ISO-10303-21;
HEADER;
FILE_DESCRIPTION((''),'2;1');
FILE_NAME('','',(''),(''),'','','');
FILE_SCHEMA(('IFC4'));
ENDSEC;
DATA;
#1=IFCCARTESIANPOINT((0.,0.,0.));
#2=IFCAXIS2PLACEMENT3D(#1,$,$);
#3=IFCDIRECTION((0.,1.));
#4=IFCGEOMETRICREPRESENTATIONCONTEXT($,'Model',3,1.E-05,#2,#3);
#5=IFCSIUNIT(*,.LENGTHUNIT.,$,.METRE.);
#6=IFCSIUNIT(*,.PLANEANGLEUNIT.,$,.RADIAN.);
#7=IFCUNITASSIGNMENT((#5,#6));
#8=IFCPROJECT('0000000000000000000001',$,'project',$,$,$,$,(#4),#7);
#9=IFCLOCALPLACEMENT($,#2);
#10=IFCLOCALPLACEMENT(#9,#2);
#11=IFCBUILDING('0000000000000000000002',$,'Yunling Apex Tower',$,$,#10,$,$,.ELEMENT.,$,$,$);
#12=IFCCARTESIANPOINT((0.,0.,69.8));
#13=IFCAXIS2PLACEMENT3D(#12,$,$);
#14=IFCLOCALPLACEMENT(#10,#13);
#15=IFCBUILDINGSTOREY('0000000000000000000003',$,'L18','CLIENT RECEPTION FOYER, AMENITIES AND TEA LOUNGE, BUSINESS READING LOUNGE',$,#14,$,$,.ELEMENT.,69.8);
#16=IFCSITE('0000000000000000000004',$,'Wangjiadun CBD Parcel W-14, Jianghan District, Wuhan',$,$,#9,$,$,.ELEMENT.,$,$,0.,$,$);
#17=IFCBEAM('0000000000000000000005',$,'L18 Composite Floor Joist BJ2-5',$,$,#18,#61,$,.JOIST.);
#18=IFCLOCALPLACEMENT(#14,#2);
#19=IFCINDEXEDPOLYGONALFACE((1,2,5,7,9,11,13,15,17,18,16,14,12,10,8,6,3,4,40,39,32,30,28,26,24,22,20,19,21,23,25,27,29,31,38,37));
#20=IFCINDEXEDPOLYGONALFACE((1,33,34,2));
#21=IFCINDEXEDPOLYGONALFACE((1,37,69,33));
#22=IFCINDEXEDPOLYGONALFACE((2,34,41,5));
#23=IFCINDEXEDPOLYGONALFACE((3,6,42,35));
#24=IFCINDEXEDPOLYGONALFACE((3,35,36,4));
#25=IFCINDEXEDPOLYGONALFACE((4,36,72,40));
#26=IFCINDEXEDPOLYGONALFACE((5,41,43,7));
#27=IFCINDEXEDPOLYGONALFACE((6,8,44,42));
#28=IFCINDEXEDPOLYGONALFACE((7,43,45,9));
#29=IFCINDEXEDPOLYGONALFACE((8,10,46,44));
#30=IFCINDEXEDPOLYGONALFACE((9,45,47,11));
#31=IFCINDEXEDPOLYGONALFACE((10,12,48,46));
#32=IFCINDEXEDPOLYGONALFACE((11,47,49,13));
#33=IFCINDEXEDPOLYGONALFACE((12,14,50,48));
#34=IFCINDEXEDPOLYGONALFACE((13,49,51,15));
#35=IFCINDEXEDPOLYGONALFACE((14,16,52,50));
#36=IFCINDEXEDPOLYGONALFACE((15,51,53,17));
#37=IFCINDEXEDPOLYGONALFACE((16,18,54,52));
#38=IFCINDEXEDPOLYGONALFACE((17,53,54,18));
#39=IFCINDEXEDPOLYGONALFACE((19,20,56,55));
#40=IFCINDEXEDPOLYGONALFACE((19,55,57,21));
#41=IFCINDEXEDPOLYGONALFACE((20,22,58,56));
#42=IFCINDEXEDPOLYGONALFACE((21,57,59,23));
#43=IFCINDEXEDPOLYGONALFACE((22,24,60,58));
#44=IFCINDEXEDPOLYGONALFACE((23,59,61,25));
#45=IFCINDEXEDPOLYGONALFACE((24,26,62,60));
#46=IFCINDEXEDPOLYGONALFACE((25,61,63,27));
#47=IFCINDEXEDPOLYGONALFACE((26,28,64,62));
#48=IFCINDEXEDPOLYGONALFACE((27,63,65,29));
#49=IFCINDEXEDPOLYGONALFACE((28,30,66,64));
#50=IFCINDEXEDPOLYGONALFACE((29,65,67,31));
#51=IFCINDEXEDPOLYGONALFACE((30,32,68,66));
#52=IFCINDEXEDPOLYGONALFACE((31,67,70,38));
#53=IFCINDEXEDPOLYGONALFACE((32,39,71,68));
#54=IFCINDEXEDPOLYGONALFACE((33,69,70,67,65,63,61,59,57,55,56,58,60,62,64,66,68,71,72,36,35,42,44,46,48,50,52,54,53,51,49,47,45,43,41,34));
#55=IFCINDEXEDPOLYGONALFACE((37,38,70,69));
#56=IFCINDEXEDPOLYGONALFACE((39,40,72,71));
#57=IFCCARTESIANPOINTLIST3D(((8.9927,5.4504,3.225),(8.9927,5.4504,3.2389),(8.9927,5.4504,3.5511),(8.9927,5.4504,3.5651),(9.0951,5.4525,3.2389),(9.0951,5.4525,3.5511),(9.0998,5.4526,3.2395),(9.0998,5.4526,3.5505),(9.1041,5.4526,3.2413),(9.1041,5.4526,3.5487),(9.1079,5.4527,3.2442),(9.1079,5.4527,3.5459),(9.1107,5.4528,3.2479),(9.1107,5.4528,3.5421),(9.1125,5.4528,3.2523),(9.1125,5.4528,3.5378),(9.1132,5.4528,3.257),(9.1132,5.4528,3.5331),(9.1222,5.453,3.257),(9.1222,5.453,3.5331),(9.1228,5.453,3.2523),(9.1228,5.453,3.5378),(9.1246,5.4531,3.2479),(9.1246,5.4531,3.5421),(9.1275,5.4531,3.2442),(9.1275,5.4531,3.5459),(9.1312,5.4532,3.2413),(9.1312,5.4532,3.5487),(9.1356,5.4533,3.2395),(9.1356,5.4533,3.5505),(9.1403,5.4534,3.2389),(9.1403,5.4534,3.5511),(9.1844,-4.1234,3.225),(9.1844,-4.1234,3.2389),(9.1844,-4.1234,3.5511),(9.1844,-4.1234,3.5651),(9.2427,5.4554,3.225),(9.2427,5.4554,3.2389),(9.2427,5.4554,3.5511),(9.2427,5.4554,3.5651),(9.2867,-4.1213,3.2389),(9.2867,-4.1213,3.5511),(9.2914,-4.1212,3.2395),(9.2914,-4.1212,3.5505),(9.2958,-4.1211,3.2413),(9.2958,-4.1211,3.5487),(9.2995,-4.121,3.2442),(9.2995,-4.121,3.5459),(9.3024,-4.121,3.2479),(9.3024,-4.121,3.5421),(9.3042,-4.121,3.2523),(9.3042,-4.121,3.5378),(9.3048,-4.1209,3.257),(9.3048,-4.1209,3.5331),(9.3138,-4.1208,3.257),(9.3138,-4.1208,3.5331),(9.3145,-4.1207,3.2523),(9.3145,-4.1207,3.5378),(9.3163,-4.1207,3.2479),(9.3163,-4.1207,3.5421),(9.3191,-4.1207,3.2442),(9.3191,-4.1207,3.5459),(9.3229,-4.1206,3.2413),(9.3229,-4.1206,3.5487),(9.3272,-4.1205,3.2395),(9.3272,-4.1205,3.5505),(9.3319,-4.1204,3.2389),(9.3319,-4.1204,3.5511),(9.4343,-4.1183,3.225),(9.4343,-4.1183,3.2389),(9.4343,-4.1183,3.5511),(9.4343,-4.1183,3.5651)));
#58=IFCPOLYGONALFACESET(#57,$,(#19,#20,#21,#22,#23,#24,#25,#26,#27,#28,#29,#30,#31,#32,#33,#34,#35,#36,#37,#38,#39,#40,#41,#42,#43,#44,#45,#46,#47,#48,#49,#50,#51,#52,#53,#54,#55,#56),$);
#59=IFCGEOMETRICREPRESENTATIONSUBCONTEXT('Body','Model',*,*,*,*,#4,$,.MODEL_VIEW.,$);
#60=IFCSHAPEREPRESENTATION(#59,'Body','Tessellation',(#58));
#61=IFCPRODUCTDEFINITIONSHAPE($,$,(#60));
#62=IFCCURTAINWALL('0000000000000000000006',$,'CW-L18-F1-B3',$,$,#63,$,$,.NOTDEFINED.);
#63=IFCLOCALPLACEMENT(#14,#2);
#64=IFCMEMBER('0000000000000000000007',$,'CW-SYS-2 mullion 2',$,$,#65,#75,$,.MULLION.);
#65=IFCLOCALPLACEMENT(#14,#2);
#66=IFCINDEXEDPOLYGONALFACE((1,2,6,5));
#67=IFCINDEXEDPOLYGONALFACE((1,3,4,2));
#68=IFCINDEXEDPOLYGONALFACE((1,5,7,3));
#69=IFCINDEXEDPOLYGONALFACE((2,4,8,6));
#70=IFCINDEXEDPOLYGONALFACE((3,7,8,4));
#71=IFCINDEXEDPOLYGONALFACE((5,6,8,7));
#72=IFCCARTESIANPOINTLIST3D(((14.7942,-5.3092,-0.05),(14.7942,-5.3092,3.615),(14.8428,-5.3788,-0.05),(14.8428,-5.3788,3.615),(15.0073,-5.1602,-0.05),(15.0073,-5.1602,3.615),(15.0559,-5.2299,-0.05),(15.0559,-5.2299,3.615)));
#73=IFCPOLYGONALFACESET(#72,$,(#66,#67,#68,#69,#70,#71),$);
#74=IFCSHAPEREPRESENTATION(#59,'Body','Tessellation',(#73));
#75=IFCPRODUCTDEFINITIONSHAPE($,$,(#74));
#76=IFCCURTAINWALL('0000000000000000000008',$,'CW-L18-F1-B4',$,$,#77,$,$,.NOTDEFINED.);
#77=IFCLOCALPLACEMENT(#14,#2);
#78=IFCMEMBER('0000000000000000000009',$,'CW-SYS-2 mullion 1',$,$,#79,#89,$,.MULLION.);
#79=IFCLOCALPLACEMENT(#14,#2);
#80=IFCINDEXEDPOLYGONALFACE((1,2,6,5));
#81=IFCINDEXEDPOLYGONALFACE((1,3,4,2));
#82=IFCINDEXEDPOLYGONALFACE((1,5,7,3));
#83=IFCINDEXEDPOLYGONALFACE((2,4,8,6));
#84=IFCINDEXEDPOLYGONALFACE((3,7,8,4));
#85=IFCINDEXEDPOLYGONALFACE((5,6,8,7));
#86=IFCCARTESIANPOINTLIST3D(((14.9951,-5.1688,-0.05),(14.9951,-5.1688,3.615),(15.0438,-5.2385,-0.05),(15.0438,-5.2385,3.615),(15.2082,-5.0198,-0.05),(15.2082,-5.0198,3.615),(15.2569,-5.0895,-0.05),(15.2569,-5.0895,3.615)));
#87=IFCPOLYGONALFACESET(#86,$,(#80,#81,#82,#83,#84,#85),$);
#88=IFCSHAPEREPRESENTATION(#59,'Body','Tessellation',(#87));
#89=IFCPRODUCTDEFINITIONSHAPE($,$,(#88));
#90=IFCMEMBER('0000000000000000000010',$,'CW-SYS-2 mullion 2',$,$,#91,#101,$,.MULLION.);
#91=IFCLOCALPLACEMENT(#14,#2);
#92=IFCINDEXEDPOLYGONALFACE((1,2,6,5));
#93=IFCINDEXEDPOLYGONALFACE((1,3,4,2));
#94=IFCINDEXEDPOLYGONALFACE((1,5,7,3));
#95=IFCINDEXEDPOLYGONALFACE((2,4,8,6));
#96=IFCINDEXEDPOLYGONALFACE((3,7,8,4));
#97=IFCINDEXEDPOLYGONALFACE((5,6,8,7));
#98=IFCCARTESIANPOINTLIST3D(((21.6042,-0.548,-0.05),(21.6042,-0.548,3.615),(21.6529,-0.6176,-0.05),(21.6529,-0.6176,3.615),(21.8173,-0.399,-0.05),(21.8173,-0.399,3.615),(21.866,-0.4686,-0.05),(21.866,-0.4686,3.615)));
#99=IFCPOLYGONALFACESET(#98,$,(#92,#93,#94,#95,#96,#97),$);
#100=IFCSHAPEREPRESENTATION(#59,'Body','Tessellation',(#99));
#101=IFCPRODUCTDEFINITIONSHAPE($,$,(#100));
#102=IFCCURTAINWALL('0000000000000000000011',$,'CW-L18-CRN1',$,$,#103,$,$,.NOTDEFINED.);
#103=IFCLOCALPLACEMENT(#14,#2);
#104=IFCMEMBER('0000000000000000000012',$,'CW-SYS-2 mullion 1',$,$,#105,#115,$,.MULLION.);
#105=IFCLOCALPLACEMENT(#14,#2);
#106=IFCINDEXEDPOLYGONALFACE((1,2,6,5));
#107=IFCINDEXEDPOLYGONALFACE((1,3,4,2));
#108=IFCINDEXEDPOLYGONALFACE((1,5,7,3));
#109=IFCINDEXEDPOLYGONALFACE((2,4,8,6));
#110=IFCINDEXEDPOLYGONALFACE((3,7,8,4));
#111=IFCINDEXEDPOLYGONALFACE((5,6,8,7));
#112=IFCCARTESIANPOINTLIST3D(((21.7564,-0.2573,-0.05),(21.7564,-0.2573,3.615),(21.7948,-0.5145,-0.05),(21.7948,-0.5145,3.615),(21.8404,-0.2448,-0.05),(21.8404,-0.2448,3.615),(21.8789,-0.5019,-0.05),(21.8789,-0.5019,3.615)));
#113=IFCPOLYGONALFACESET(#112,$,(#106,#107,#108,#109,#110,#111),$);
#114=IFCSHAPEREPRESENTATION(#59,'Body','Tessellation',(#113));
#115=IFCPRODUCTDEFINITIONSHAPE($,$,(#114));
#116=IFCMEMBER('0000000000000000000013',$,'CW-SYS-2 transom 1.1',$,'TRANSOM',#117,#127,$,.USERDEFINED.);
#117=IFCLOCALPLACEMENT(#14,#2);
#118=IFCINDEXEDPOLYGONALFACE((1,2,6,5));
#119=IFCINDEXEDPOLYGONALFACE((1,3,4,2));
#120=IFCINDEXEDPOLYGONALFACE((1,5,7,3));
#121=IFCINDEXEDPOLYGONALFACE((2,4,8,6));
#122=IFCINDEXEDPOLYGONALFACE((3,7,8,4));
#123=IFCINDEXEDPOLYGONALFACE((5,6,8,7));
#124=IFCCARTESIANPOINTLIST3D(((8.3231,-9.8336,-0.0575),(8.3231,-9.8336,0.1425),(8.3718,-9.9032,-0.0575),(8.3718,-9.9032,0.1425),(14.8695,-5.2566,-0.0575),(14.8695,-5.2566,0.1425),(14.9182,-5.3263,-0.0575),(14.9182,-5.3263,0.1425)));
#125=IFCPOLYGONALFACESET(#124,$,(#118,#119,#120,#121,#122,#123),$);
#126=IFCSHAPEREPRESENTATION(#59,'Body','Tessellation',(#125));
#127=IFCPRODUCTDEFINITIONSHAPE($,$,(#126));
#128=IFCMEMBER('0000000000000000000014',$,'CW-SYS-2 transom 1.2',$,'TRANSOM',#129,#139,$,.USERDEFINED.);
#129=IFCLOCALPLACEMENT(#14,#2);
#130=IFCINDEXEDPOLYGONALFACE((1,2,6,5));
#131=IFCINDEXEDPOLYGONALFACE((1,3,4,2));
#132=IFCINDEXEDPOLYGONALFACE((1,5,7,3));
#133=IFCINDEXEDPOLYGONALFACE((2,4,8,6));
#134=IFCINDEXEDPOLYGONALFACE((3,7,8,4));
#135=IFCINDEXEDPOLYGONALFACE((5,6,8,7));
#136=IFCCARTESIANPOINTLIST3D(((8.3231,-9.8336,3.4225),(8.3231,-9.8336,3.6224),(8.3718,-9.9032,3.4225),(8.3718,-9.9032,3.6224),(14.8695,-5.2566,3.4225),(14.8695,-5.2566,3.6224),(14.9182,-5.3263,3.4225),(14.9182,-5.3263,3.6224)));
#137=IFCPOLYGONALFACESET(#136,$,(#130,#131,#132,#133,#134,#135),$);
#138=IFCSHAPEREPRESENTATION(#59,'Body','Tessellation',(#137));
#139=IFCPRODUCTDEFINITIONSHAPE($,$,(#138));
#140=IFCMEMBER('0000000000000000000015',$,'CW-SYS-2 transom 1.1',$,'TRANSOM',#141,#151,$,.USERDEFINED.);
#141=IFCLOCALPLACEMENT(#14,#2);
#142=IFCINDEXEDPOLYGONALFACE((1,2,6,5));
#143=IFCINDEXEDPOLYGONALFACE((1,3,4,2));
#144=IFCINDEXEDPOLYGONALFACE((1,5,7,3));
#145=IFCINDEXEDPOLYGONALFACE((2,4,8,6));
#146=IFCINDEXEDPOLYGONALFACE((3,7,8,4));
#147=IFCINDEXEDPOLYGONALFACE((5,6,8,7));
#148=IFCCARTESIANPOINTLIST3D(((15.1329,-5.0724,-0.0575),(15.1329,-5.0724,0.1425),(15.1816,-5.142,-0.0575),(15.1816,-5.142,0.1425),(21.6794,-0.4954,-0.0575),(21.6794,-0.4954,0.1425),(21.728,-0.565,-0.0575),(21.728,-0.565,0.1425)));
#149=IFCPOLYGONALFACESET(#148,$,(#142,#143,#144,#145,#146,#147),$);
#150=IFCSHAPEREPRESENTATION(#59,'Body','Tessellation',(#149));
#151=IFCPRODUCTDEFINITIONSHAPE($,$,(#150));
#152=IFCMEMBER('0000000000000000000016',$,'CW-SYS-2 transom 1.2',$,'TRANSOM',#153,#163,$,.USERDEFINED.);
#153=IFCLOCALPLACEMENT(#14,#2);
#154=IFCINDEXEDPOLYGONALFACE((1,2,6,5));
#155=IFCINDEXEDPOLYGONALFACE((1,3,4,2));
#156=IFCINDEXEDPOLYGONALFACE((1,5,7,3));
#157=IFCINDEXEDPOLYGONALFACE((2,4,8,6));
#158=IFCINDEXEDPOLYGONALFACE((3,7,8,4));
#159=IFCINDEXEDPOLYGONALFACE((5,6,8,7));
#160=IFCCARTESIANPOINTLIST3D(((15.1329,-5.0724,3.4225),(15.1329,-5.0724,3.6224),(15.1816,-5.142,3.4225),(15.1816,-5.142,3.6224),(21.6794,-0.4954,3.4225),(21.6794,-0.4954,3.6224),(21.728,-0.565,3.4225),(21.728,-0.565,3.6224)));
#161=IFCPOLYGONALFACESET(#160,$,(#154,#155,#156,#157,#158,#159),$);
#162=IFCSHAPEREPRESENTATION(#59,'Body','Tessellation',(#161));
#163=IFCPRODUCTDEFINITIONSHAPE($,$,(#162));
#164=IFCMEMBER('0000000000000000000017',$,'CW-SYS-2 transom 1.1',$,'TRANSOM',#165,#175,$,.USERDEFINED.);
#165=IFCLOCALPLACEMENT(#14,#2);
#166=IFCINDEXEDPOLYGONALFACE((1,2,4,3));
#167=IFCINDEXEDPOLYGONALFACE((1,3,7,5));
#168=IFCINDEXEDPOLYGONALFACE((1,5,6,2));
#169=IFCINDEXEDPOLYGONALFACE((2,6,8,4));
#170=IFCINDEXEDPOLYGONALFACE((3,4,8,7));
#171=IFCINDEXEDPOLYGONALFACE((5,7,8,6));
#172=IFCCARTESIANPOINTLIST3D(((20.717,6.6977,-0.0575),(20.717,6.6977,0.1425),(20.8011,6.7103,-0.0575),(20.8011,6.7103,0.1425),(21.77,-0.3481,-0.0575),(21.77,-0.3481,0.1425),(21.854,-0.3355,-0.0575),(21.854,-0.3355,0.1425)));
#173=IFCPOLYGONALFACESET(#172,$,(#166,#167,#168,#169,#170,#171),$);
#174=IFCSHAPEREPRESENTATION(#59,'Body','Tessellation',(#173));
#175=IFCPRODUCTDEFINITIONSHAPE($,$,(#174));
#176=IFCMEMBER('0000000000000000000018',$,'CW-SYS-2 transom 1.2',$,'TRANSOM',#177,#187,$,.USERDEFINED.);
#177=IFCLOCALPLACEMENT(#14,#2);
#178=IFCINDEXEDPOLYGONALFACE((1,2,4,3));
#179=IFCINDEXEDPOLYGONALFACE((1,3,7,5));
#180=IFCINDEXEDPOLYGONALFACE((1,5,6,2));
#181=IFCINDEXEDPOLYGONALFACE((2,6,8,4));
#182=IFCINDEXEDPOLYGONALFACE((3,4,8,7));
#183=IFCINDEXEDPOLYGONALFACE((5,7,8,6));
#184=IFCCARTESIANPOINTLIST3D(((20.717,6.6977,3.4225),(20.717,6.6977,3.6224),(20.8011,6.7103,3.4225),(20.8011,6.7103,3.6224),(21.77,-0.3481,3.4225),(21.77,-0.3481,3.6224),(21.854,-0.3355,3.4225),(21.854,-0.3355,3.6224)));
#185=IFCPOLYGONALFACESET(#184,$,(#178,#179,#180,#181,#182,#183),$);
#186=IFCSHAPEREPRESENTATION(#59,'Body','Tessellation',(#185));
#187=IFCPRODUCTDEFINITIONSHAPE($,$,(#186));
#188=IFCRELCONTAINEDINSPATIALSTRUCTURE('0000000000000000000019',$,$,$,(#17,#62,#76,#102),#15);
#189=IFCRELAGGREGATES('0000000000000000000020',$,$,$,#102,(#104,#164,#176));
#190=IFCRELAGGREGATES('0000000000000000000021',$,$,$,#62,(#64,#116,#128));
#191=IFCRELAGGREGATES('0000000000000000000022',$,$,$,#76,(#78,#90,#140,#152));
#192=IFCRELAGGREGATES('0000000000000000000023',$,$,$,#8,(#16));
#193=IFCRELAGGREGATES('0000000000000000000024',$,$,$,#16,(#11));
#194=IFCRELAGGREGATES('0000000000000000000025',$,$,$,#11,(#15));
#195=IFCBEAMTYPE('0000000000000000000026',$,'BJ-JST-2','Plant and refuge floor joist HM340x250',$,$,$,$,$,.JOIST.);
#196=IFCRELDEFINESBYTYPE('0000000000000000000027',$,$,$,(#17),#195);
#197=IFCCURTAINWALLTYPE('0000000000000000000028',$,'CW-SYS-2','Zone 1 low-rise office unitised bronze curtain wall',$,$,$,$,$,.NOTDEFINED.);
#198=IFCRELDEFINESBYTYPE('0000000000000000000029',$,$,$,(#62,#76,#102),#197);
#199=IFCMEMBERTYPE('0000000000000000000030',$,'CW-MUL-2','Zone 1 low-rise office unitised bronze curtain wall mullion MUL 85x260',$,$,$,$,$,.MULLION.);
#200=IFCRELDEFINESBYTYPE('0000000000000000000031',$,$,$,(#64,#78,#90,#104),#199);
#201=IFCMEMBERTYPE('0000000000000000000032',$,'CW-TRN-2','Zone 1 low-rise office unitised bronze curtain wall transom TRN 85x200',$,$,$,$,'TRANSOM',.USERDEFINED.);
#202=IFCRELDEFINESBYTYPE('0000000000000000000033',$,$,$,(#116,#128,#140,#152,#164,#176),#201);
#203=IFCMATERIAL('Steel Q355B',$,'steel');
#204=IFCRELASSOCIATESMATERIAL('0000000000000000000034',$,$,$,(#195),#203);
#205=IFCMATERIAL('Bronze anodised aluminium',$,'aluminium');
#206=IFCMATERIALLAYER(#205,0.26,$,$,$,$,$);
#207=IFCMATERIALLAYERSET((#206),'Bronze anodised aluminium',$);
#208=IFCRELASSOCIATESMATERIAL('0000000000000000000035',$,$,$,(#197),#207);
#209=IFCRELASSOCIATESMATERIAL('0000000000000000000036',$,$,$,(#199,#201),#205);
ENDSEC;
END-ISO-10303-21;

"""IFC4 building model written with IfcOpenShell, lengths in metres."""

from ifc_helpers import new_model, si_unit, direction, frame, origin, origin_2d, place, context, subcontext, project, spatial, rectangle, i_section, extrude, source, transform, mapped, material, layer, layer_set, material_profile, profile_set, type_object, element, aggregate, save


model = new_model("IFC4")

# Units and contexts
model_context = context("Model", 3, precision=1e-05, world=origin(), true_north=direction((0.0, 1.0)))
body_context = subcontext(model_context, "Body", "Model", "MODEL_VIEW")
ifc_project = project(units=[si_unit("LENGTHUNIT", "METRE"), si_unit("PLANEANGLEUNIT", "RADIAN")], contexts=[model_context])

# Site, building, storey
site_placement = place(None, origin())
site = spatial("IfcSite", under=ifc_project, at=site_placement, Name="Wangjiadun CBD Parcel W-14, Jianghan District, Wuhan", CompositionType="ELEMENT", RefElevation=0.0)
building_placement = place(site_placement, origin())
building = spatial("IfcBuilding", under=site, at=building_placement, Name="Yunling Apex Tower", CompositionType="ELEMENT")
storey_placement = place(building_placement, frame((0.0, 0.0, 69.8)))
storey = spatial("IfcBuildingStorey", under=building, at=storey_placement, Name="L18", Description="CLIENT RECEPTION FOYER, AMENITIES AND TEA LOUNGE, BUSINESS READING LOUNGE", CompositionType="ELEMENT", Elevation=69.8)

# Beam
ifc_material_1 = material(Name="Steel Q355B", Category="steel")
ifc_material_profile_1 = material_profile(ifc_material_1, i_section(OverallWidth=0.25, OverallDepth=0.3401, WebThickness=0.009, FlangeThickness=0.0139, FilletRadius=0.0181, at=origin_2d()))
ifc_profile_set_1 = profile_set([ifc_material_profile_1], Name="Steel Q355B")
beam_type_1 = type_object("IfcBeamType", Name="BJ-JST-2", Description="Plant and refuge floor joist HM340x250", PredefinedType="JOIST", material=ifc_profile_set_1)
shared_shape_1 = source(origin(), body_context, "Body", "SweptSolid", [
    extrude(i_section(OverallWidth=0.25, OverallDepth=0.3401, WebThickness=0.009, FlangeThickness=0.0139, FilletRadius=0.0181, at=origin_2d()), origin(), (0.0, 0.0, 1.0), 9.5757),
])
beam_1_placement = place(storey_placement, frame((9.3093, -4.1208, 3.395), z_axis=(-0.020014, 0.9998, 0.0), x_axis=(-0.9998, -0.020014, 0.0)))
element("IfcBeam", 1, at=beam_1_placement, inside=storey, type_object=beam_type_1, Name="L18 Composite Floor Joist BJ2-5", PredefinedType="JOIST", context=body_context, shape_type="MappedRepresentation", body=[
    mapped(shared_shape_1, transform((0.0, 0.0, 0.0), scale=1.0)),
])

# Curtain wall, member
ifc_material_2 = material(Name="Bronze anodised aluminium", Category="aluminium")
ifc_layer_1 = layer(ifc_material_2, 0.26)
ifc_layer_set_1 = layer_set([ifc_layer_1], Name="Bronze anodised aluminium")
curtain_wall_type = type_object("IfcCurtainWallType", Name="CW-SYS-2", Description="Zone 1 low-rise office unitised bronze curtain wall", PredefinedType="NOTDEFINED", material=ifc_layer_set_1)
curtain_wall_1_placement = place(storey_placement, origin())
curtain_wall_1 = element("IfcCurtainWall", 2, at=curtain_wall_1_placement, inside=storey, type_object=curtain_wall_type, Name="CW-L18-F1-B3", PredefinedType="NOTDEFINED")
ifc_material_profile_2 = material_profile(ifc_material_2, rectangle(XDim=0.085, YDim=0.26, at=origin_2d()))
ifc_profile_set_2 = profile_set([ifc_material_profile_2], Name="Bronze anodised aluminium")
member_type_1 = type_object("IfcMemberType", Name="CW-MUL-2", Description="Zone 1 low-rise office unitised bronze curtain wall mullion MUL 85x260", PredefinedType="MULLION", material=ifc_profile_set_2)
shared_shape_2 = source(origin(), body_context, "Body", "SweptSolid", [
    extrude(rectangle(XDim=0.085, YDim=0.26, at=origin_2d()), origin(), (0.0, 0.0, 1.0), 3.665),
])
member_1_placement = place(storey_placement, frame((14.925, -5.2695, -0.05), z_axis=(0.0, 0.0, 1.0), x_axis=(-0.572996, 0.819558, 0.0)))
member_1 = element("IfcMember", 3, at=member_1_placement, type_object=member_type_1, Name="CW-SYS-2 mullion 2", PredefinedType="MULLION", context=body_context, shape_type="MappedRepresentation", body=[
    mapped(shared_shape_2, transform((0.0, 0.0, 0.0), scale=1.0)),
])

# Curtain wall, members
curtain_wall_2_placement = place(storey_placement, origin())
curtain_wall_2 = element("IfcCurtainWall", 4, at=curtain_wall_2_placement, inside=storey, type_object=curtain_wall_type, Name="CW-L18-F1-B4", PredefinedType="NOTDEFINED")
member_2_placement = place(storey_placement, frame((15.126, -5.1292, -0.05), z_axis=(0.0, 0.0, 1.0), x_axis=(-0.573004, 0.819552, 0.0)))
member_2 = element("IfcMember", 5, at=member_2_placement, type_object=member_type_1, Name="CW-SYS-2 mullion 1", PredefinedType="MULLION", context=body_context, shape_type="MappedRepresentation", body=[
    mapped(shared_shape_2, transform((0.0, 0.0, 0.0), scale=1.0)),
])
member_3_placement = place(storey_placement, frame((21.7351, -0.5083, -0.05), z_axis=(0.0, 0.0, 1.0), x_axis=(-0.573004, 0.819552, 0.0)))
member_3 = element("IfcMember", 6, at=member_3_placement, type_object=member_type_1, Name="CW-SYS-2 mullion 2", PredefinedType="MULLION", context=body_context, shape_type="MappedRepresentation", body=[
    mapped(shared_shape_2, transform((0.0, 0.0, 0.0), scale=1.0)),
])

# Curtain wall, member
curtain_wall_3_placement = place(storey_placement, origin())
curtain_wall_3 = element("IfcCurtainWall", 7, at=curtain_wall_3_placement, inside=storey, type_object=curtain_wall_type, Name="CW-L18-CRN1", PredefinedType="NOTDEFINED")
member_4_placement = place(storey_placement, frame((21.8176, -0.3796, -0.05), z_axis=(0.0, 0.0, 1.0), x_axis=(-0.989018, -0.147798, 0.0)))
member_4 = element("IfcMember", 8, at=member_4_placement, type_object=member_type_1, Name="CW-SYS-2 mullion 1", PredefinedType="MULLION", context=body_context, shape_type="MappedRepresentation", body=[
    mapped(shared_shape_2, transform((0.0, 0.0, 0.0), scale=1.0)),
])

# Members
ifc_material_profile_3 = material_profile(ifc_material_2, rectangle(XDim=0.085, YDim=0.2, at=origin_2d()))
ifc_profile_set_3 = profile_set([ifc_material_profile_3], Name="Bronze anodised aluminium")
member_type_2 = type_object("IfcMemberType", Name="CW-TRN-2", Description="Zone 1 low-rise office unitised bronze curtain wall transom TRN 85x200", ElementType="TRANSOM", PredefinedType="USERDEFINED", material=ifc_profile_set_3)
shared_shape_3 = source(origin(), body_context, "Body", "SweptSolid", [
    extrude(rectangle(XDim=0.085, YDim=0.2, at=origin_2d()), origin(), (0.0, 0.0, 1.0), 7.9878),
])
member_5_placement = place(storey_placement, frame((8.3474, -9.8684, 0.0425), z_axis=(0.819559, 0.572995, 0.0), x_axis=(-0.572995, 0.819559, 0.0)))
member_5 = element("IfcMember", 9, at=member_5_placement, type_object=member_type_2, Name="CW-SYS-2 transom 1.1", ObjectType="TRANSOM", PredefinedType="USERDEFINED", context=body_context, shape_type="MappedRepresentation", body=[
    mapped(shared_shape_3, transform((0.0, 0.0, 0.0), scale=1.0)),
])
member_6_placement = place(storey_placement, frame((8.3474, -9.8684, 3.5225), z_axis=(0.819559, 0.572995, 0.0), x_axis=(-0.572995, 0.819559, 0.0)))
member_6 = element("IfcMember", 10, at=member_6_placement, type_object=member_type_2, Name="CW-SYS-2 transom 1.2", ObjectType="TRANSOM", PredefinedType="USERDEFINED", context=body_context, shape_type="MappedRepresentation", body=[
    mapped(shared_shape_3, transform((0.0, 0.0, 0.0), scale=1.0)),
])
member_7_placement = place(storey_placement, frame((15.1572, -5.1072, 0.0425), z_axis=(0.819559, 0.572995, 0.0), x_axis=(-0.572995, 0.819559, 0.0)))
member_7 = element("IfcMember", 11, at=member_7_placement, type_object=member_type_2, Name="CW-SYS-2 transom 1.1", ObjectType="TRANSOM", PredefinedType="USERDEFINED", context=body_context, shape_type="MappedRepresentation", body=[
    mapped(shared_shape_3, transform((0.0, 0.0, 0.0), scale=1.0)),
])
member_8_placement = place(storey_placement, frame((15.1572, -5.1072, 3.5225), z_axis=(0.819559, 0.572995, 0.0), x_axis=(-0.572995, 0.819559, 0.0)))
member_8 = element("IfcMember", 12, at=member_8_placement, type_object=member_type_2, Name="CW-SYS-2 transom 1.2", ObjectType="TRANSOM", PredefinedType="USERDEFINED", context=body_context, shape_type="MappedRepresentation", body=[
    mapped(shared_shape_3, transform((0.0, 0.0, 0.0), scale=1.0)),
])
shared_shape_4 = source(origin(), body_context, "Body", "SweptSolid", [
    extrude(rectangle(XDim=0.085, YDim=0.2, at=origin_2d()), origin(), (0.0, 0.0, 1.0), 7.124),
])
member_9_placement = place(storey_placement, frame((21.812, -0.3418, 0.0425), z_axis=(-0.147804, 0.989017, 0.0), x_axis=(-0.989017, -0.147804, 0.0)))
member_9 = element("IfcMember", 13, at=member_9_placement, type_object=member_type_2, Name="CW-SYS-2 transom 1.1", ObjectType="TRANSOM", PredefinedType="USERDEFINED", context=body_context, shape_type="MappedRepresentation", body=[
    mapped(shared_shape_4, transform((0.0, 0.0, 0.0), scale=1.0)),
])
member_10_placement = place(storey_placement, frame((21.812, -0.3418, 3.5225), z_axis=(-0.147804, 0.989017, 0.0), x_axis=(-0.989017, -0.147804, 0.0)))
member_10 = element("IfcMember", 14, at=member_10_placement, type_object=member_type_2, Name="CW-SYS-2 transom 1.2", ObjectType="TRANSOM", PredefinedType="USERDEFINED", context=body_context, shape_type="MappedRepresentation", body=[
    mapped(shared_shape_4, transform((0.0, 0.0, 0.0), scale=1.0)),
])
aggregate(curtain_wall_3, [member_4, member_9, member_10])

aggregate(curtain_wall_1, [member_1, member_5, member_6])
aggregate(curtain_wall_2, [member_2, member_3, member_7, member_8])

save(model, "model.ifc")
